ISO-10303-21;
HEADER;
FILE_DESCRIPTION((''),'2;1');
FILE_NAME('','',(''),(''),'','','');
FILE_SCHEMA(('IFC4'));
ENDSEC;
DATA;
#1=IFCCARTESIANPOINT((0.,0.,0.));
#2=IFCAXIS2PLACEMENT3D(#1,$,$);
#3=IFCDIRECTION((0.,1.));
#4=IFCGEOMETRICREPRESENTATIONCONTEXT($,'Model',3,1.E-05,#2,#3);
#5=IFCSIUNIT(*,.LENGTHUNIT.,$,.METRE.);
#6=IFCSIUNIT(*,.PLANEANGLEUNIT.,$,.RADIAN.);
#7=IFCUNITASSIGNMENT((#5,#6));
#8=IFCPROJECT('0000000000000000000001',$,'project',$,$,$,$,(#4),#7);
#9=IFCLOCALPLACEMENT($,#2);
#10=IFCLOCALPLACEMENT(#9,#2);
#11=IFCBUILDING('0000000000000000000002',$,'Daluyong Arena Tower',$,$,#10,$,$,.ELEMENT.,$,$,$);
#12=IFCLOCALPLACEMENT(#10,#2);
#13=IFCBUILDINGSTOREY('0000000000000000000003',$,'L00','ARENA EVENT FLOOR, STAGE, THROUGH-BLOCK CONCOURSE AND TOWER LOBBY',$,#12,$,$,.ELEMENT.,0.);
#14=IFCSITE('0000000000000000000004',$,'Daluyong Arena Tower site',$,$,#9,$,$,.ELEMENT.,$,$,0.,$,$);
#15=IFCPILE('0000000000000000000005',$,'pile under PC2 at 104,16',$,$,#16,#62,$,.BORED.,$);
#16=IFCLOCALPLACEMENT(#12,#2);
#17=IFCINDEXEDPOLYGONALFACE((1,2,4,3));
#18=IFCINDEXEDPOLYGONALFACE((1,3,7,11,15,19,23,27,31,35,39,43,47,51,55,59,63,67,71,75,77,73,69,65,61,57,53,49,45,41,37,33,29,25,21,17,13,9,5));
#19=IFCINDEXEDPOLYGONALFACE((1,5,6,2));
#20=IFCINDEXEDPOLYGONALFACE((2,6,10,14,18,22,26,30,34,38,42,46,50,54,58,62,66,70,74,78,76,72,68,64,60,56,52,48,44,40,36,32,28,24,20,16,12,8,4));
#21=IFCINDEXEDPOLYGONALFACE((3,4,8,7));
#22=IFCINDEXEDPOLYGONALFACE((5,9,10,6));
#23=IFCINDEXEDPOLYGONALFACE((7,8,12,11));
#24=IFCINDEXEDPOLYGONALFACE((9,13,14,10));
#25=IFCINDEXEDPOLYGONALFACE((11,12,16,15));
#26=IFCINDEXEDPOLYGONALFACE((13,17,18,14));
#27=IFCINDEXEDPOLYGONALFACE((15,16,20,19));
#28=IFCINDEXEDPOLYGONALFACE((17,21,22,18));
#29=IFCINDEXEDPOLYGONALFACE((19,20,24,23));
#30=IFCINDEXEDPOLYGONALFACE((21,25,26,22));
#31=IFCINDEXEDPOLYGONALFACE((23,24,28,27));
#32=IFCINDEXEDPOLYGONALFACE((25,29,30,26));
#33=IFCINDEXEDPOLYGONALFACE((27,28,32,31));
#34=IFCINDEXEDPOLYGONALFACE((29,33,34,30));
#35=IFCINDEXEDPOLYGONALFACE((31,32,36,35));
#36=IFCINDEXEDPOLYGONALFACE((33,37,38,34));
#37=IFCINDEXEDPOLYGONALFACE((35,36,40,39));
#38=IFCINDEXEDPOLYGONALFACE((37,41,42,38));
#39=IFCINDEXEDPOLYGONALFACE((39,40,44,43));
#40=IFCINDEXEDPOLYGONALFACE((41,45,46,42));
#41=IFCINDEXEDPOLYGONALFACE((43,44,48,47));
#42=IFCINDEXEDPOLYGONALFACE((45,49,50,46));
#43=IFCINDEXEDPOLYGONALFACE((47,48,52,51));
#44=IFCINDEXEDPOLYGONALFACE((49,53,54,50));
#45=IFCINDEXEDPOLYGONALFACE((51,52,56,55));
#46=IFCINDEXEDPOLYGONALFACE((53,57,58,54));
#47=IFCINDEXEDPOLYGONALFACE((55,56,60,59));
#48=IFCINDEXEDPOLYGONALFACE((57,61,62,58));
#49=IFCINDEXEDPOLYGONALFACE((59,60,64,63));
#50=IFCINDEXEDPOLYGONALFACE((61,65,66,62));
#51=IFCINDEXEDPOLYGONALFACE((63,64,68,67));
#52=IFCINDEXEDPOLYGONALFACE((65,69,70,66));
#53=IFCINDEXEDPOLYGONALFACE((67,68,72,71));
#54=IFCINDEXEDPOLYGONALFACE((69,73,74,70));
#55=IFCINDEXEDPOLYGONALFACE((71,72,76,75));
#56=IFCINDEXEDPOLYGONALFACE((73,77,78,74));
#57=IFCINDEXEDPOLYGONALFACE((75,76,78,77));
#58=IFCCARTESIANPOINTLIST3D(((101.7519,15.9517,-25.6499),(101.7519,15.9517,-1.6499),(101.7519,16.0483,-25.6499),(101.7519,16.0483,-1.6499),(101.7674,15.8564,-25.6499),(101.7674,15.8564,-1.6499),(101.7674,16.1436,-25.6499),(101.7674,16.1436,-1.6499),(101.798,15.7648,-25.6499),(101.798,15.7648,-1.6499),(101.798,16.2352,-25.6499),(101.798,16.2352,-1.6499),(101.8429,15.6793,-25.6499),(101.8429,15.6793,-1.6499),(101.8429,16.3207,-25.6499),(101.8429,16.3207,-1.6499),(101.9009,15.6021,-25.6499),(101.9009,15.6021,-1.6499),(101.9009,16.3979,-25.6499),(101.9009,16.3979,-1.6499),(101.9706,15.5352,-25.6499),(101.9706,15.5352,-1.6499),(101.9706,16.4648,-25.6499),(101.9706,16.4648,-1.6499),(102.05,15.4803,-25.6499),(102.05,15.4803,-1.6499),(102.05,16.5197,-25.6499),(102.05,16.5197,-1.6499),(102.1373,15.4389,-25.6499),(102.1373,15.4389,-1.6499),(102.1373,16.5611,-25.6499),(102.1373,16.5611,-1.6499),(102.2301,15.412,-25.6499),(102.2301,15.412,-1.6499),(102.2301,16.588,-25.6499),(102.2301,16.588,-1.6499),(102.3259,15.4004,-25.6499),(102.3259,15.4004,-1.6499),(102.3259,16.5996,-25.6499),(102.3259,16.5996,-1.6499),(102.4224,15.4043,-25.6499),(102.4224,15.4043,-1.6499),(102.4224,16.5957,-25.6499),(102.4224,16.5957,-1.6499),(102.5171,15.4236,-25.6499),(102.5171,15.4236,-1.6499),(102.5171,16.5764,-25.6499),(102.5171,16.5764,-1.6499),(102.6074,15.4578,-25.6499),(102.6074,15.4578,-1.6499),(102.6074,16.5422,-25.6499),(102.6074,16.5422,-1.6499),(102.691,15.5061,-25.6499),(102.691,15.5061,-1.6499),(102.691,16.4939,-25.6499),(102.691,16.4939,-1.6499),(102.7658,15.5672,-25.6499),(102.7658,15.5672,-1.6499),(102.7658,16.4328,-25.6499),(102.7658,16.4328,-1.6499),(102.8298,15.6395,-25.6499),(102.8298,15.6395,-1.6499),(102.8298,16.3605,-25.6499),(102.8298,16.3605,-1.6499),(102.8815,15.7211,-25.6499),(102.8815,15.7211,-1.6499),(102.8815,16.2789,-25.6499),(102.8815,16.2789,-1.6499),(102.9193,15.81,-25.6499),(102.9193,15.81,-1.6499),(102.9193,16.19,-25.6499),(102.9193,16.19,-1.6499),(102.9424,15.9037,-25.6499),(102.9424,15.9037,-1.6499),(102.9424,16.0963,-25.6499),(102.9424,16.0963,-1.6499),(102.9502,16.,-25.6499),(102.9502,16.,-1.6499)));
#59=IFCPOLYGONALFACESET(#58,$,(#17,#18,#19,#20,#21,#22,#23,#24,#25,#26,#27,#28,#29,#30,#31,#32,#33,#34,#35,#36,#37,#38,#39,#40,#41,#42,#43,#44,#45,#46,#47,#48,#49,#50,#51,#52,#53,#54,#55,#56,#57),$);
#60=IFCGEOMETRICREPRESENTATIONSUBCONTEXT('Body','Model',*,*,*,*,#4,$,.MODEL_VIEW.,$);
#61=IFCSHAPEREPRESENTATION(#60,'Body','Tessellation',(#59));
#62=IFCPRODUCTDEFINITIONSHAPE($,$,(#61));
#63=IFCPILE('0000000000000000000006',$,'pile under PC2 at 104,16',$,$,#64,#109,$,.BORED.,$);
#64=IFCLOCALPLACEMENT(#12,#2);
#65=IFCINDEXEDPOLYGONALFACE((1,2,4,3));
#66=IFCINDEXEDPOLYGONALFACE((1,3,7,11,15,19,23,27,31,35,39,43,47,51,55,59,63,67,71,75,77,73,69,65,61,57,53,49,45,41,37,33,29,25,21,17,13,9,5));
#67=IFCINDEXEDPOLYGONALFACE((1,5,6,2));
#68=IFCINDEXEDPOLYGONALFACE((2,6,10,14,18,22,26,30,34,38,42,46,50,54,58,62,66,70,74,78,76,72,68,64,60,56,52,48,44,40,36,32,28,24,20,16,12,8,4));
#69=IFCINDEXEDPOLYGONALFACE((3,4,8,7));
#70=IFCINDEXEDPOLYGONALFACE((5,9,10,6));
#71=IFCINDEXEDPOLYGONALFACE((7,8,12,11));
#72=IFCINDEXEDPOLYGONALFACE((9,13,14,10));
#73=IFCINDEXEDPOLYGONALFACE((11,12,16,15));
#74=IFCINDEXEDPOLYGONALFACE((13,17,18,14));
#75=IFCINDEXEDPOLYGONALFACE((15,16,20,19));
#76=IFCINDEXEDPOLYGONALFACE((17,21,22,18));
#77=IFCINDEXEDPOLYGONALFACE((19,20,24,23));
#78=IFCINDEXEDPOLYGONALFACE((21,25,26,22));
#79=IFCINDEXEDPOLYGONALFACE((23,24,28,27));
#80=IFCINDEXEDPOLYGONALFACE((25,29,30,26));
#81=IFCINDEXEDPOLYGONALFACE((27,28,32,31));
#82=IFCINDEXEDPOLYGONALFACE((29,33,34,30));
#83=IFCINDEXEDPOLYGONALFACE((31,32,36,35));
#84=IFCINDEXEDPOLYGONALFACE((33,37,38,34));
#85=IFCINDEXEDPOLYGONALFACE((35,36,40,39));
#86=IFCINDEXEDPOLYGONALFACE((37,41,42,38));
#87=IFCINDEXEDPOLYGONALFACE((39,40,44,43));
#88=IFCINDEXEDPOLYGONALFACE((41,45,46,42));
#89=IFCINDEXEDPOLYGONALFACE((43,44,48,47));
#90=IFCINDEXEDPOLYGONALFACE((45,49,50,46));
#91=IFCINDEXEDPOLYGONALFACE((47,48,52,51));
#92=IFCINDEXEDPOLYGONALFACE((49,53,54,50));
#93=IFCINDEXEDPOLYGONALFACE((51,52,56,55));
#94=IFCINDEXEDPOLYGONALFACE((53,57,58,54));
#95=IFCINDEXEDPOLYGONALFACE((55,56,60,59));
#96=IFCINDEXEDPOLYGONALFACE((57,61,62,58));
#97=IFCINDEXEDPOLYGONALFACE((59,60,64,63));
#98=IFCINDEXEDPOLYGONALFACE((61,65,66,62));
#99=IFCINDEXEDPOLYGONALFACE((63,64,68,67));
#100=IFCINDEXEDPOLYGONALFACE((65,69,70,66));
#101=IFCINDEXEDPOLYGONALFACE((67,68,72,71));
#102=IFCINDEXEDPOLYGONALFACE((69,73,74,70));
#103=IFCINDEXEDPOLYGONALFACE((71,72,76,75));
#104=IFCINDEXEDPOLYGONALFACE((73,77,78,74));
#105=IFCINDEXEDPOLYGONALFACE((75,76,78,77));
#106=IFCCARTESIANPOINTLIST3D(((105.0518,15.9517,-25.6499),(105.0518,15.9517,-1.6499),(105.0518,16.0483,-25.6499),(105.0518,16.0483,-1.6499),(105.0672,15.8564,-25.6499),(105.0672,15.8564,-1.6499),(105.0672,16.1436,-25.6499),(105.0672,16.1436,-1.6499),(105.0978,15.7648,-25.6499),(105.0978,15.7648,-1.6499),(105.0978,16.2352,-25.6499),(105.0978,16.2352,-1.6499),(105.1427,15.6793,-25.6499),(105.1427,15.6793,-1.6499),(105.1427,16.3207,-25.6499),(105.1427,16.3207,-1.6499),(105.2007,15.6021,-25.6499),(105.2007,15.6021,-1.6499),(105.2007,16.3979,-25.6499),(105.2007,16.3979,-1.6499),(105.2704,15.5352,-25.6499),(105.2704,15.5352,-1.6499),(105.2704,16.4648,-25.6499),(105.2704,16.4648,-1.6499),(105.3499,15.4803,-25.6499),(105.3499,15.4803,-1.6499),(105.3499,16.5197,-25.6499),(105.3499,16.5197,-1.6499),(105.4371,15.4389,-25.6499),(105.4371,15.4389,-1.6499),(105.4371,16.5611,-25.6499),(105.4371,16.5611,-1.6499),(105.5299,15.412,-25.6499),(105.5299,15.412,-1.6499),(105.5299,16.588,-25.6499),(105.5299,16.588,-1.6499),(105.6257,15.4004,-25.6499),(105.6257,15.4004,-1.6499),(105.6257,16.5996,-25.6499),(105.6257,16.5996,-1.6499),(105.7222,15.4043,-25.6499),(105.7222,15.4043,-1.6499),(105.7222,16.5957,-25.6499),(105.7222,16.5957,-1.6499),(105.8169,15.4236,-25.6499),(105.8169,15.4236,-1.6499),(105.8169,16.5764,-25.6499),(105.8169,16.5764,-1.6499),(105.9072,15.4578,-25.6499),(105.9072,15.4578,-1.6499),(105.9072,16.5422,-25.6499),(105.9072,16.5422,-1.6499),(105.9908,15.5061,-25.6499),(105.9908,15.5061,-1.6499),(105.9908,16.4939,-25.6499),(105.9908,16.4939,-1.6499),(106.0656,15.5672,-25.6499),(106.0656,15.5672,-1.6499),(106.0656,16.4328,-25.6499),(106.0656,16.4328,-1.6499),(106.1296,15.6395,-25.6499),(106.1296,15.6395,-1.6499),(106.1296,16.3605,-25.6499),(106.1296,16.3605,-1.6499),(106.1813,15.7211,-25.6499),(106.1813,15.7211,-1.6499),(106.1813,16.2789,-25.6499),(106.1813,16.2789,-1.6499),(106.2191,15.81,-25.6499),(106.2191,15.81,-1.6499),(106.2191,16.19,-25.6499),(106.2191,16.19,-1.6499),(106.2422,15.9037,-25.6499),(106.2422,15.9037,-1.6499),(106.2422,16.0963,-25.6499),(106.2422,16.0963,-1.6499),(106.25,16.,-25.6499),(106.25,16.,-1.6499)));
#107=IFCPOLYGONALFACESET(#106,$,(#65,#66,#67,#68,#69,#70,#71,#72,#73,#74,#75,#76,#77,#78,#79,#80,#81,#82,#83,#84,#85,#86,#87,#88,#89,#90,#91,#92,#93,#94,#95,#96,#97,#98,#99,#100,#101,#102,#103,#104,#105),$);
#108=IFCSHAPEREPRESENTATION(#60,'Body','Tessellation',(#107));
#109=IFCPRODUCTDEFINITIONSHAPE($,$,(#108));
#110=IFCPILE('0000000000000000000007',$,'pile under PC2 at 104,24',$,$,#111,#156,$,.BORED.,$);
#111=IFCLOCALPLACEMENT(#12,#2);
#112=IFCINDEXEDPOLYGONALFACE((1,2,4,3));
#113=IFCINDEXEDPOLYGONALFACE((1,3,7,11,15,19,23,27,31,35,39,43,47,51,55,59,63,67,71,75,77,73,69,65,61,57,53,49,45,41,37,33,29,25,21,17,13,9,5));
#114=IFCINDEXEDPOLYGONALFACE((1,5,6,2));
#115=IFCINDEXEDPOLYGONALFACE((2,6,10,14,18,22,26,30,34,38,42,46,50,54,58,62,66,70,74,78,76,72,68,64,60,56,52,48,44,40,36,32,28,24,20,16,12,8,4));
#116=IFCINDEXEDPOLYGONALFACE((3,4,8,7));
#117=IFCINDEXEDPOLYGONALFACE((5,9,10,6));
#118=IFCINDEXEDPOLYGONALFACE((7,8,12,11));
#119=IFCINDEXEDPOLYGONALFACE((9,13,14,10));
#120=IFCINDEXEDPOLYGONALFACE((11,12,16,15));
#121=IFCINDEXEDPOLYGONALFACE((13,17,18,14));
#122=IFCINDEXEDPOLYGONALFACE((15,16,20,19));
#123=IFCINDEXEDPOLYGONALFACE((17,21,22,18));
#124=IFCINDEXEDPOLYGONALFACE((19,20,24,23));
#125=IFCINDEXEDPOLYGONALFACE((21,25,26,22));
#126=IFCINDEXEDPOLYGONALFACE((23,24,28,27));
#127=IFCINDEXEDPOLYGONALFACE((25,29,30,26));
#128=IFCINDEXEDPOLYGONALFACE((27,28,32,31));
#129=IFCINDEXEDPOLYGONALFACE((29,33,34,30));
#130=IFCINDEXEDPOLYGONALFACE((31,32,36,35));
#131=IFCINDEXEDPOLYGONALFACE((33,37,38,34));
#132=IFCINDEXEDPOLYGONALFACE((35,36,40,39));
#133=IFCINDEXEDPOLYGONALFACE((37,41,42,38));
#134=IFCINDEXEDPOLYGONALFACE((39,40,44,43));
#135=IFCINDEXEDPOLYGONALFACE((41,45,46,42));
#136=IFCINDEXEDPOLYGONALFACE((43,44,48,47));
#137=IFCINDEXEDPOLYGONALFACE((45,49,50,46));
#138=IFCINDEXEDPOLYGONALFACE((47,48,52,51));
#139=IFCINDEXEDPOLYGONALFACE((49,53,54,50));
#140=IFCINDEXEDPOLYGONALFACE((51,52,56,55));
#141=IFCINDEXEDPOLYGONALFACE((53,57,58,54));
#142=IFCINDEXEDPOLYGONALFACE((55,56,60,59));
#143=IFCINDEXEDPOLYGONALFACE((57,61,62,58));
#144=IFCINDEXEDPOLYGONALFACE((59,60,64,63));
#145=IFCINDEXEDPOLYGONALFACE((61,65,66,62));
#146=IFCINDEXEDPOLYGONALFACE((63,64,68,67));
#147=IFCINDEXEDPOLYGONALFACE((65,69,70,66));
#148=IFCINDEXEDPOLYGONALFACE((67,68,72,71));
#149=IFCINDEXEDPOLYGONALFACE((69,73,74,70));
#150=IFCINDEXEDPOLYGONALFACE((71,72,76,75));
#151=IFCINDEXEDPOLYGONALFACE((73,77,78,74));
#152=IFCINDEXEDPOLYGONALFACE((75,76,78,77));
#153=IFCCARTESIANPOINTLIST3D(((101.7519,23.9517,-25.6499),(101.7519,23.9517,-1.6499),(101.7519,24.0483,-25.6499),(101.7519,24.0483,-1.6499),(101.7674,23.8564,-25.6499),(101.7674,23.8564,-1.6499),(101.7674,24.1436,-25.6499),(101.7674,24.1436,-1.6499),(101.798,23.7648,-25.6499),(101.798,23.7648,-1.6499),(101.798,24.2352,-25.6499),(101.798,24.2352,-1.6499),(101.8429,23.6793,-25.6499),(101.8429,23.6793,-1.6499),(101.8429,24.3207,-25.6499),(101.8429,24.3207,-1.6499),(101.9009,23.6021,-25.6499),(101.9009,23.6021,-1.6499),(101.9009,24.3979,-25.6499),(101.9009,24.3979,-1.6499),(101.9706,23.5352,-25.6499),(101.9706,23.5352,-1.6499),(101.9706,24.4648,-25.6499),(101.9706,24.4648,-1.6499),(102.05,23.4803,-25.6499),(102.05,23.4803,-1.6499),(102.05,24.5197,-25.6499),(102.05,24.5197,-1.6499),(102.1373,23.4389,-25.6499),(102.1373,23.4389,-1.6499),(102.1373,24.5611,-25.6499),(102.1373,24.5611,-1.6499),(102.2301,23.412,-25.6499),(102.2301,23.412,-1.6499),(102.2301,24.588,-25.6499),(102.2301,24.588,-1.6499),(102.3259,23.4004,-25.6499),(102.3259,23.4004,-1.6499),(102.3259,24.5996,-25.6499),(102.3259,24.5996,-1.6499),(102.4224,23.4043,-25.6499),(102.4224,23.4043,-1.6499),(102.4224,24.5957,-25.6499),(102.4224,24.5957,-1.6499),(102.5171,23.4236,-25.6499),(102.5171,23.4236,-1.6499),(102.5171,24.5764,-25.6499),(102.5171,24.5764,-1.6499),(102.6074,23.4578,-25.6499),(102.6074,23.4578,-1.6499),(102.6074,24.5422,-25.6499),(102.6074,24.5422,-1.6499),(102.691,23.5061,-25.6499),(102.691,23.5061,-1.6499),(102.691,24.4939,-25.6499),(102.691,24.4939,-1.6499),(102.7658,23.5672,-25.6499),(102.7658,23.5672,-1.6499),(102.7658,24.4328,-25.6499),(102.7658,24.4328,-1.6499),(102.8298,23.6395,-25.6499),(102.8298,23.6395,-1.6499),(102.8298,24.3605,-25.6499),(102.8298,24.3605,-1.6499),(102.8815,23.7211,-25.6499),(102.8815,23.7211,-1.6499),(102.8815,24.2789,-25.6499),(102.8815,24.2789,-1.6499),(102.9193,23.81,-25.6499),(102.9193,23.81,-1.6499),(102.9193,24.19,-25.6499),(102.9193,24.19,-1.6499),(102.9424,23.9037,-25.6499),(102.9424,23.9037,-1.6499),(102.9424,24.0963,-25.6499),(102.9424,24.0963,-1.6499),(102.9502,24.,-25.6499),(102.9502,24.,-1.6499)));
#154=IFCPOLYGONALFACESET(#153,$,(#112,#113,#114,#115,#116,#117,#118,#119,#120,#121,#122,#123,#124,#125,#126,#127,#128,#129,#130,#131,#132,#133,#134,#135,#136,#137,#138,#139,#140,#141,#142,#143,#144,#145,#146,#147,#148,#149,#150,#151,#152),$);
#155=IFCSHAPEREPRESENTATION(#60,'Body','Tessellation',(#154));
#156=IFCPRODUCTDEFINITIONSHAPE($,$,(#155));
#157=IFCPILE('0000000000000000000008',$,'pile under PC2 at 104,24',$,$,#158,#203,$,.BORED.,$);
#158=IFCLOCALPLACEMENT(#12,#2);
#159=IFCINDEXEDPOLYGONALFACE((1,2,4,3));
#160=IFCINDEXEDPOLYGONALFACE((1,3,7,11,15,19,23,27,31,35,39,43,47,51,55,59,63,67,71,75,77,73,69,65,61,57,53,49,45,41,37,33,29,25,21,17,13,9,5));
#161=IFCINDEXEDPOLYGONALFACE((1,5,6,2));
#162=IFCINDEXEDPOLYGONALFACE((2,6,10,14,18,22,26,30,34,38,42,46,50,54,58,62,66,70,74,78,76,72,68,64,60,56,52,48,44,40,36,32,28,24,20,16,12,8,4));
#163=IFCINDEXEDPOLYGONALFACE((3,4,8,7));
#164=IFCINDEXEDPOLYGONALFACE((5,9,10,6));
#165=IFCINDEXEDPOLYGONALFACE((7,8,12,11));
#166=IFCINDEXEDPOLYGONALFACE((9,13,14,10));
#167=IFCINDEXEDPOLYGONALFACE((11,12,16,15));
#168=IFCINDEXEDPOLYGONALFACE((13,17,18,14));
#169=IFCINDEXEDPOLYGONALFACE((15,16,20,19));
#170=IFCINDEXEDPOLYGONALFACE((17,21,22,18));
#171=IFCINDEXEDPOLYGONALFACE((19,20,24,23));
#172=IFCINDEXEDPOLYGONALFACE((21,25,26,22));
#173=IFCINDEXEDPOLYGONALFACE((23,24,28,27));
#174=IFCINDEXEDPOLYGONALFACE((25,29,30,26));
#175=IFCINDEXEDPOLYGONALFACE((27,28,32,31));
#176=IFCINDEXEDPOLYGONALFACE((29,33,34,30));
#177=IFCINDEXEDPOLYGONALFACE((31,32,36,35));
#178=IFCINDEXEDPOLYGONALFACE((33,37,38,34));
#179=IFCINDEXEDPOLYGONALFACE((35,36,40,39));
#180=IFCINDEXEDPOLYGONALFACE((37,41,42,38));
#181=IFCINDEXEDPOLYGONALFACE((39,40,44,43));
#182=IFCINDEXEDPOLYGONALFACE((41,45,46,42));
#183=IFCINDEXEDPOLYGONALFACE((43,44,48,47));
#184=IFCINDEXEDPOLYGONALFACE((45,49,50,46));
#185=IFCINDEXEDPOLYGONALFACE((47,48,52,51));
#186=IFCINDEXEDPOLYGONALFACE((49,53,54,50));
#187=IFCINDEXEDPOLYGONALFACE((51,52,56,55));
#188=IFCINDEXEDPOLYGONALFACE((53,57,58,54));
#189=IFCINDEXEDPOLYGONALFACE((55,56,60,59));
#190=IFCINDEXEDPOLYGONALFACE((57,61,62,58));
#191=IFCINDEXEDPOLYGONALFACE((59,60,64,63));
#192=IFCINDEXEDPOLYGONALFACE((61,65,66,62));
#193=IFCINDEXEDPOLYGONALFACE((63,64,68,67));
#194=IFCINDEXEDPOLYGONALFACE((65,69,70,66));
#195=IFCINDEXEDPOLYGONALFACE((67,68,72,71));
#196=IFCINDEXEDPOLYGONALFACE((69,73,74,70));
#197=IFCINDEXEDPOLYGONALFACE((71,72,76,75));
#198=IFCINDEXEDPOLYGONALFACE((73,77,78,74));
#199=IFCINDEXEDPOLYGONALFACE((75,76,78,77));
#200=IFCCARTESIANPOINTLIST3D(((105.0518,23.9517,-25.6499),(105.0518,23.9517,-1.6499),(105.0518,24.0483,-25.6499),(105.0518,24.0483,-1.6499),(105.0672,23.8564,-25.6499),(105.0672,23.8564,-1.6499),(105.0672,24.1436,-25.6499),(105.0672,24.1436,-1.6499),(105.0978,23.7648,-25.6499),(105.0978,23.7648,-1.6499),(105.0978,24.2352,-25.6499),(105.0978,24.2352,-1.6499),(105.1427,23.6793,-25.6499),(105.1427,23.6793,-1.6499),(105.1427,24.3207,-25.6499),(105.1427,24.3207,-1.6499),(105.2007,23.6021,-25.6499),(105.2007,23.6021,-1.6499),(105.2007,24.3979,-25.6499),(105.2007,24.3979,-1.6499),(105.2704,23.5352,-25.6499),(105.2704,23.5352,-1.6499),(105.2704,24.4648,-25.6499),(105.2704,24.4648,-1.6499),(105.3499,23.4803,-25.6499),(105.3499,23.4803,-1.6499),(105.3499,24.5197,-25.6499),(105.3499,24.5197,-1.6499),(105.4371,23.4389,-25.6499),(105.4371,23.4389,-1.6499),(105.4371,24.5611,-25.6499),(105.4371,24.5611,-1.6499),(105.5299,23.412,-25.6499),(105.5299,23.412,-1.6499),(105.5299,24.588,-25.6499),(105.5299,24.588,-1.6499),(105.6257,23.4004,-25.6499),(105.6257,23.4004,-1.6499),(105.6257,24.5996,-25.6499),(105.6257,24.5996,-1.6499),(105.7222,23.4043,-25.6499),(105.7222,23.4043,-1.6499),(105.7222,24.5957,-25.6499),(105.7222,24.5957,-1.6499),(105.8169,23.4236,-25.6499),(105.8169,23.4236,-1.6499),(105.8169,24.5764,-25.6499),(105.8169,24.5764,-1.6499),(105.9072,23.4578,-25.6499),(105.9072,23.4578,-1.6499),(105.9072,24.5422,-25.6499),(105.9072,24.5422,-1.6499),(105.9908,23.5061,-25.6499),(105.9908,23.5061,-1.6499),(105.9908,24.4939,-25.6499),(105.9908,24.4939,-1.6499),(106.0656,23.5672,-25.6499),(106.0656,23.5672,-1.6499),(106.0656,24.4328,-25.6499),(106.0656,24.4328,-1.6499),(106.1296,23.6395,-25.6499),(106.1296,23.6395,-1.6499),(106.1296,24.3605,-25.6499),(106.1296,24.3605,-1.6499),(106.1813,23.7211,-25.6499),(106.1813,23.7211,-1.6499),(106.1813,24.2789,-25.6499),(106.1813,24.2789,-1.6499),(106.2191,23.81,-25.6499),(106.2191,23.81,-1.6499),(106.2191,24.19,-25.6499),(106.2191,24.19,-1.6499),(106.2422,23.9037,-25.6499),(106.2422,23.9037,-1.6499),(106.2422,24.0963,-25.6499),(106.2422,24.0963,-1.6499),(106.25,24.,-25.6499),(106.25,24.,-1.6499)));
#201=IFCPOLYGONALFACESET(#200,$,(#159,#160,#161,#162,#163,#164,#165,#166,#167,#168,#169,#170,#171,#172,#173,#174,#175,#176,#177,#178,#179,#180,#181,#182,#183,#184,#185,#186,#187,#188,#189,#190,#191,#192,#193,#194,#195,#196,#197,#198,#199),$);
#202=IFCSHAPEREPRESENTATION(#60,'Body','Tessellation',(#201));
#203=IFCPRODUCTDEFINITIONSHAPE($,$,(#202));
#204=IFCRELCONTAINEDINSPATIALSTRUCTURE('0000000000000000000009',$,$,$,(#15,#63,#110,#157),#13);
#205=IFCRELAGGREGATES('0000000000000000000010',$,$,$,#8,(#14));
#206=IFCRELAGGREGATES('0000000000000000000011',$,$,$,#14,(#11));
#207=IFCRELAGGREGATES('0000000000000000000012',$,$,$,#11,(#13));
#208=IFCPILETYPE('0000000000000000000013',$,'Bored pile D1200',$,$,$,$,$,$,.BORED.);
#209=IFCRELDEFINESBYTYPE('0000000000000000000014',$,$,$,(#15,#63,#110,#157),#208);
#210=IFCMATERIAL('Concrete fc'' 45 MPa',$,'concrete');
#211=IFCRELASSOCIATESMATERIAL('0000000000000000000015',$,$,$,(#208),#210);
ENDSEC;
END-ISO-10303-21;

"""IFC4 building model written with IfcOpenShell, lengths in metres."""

from ifc_helpers import new_model, si_unit, direction, frame, origin, origin_2d, place, context, subcontext, project, spatial, circle, extrude, material, type_object, element, save


model = new_model("IFC4")

# Units and contexts
model_context = context("Model", 3, precision=1e-05, world=origin(), true_north=direction((0.0, 1.0)))
body_context = subcontext(model_context, "Body", "Model", "MODEL_VIEW")
ifc_project = project(units=[si_unit("LENGTHUNIT", "METRE"), si_unit("PLANEANGLEUNIT", "RADIAN")], contexts=[model_context])

# Site, building, storey
site_placement = place(None, origin())
site = spatial("IfcSite", under=ifc_project, at=site_placement, Name="Daluyong Arena Tower site", CompositionType="ELEMENT", RefElevation=0.0)
building_placement = place(site_placement, origin())
building = spatial("IfcBuilding", under=site, at=building_placement, Name="Daluyong Arena Tower", CompositionType="ELEMENT")
storey_placement = place(building_placement, origin())
storey = spatial("IfcBuildingStorey", under=building, at=storey_placement, Name="L00", Description="ARENA EVENT FLOOR, STAGE, THROUGH-BLOCK CONCOURSE AND TOWER LOBBY", CompositionType="ELEMENT", Elevation=0.0)

# Piles
ifc_material_1 = material(Name="Concrete fc' 45 MPa", Category="concrete")
pile_type = type_object("IfcPileType", Name="Bored pile D1200", PredefinedType="BORED", material=ifc_material_1)
for number, where, z_axis, x_axis, name in (
    (1, (102.3501, 16.0, -1.6499), (0.0, 0.0, -1.0), (1.0, 0.0, 0.0), "pile under PC2 at 104,16"),
    (2, (105.6499, 16.0, -1.6499), (0.0, 0.0, -1.0), (1.0, 0.0, 0.0), "pile under PC2 at 104,16"),
    (3, (102.3501, 24.0, -1.6499), (0.0, 0.0, -1.0), (1.0, 0.0, 0.0), "pile under PC2 at 104,24"),
    (4, (105.6499, 24.0, -1.6499), (0.0, 0.0, -1.0), (1.0, 0.0, 0.0), "pile under PC2 at 104,24"),
):
    element("IfcPile", number, at=place(storey_placement, frame(where, z_axis=z_axis, x_axis=x_axis)), inside=storey, type_object=pile_type, Name=name, PredefinedType="BORED", context=body_context, shape_type="SweptSolid", body=[
        extrude(circle(Radius=0.6001, at=origin_2d()), origin(), (0.0, 0.0, 1.0), 24.0),
    ])

save(model, "model.ifc")
